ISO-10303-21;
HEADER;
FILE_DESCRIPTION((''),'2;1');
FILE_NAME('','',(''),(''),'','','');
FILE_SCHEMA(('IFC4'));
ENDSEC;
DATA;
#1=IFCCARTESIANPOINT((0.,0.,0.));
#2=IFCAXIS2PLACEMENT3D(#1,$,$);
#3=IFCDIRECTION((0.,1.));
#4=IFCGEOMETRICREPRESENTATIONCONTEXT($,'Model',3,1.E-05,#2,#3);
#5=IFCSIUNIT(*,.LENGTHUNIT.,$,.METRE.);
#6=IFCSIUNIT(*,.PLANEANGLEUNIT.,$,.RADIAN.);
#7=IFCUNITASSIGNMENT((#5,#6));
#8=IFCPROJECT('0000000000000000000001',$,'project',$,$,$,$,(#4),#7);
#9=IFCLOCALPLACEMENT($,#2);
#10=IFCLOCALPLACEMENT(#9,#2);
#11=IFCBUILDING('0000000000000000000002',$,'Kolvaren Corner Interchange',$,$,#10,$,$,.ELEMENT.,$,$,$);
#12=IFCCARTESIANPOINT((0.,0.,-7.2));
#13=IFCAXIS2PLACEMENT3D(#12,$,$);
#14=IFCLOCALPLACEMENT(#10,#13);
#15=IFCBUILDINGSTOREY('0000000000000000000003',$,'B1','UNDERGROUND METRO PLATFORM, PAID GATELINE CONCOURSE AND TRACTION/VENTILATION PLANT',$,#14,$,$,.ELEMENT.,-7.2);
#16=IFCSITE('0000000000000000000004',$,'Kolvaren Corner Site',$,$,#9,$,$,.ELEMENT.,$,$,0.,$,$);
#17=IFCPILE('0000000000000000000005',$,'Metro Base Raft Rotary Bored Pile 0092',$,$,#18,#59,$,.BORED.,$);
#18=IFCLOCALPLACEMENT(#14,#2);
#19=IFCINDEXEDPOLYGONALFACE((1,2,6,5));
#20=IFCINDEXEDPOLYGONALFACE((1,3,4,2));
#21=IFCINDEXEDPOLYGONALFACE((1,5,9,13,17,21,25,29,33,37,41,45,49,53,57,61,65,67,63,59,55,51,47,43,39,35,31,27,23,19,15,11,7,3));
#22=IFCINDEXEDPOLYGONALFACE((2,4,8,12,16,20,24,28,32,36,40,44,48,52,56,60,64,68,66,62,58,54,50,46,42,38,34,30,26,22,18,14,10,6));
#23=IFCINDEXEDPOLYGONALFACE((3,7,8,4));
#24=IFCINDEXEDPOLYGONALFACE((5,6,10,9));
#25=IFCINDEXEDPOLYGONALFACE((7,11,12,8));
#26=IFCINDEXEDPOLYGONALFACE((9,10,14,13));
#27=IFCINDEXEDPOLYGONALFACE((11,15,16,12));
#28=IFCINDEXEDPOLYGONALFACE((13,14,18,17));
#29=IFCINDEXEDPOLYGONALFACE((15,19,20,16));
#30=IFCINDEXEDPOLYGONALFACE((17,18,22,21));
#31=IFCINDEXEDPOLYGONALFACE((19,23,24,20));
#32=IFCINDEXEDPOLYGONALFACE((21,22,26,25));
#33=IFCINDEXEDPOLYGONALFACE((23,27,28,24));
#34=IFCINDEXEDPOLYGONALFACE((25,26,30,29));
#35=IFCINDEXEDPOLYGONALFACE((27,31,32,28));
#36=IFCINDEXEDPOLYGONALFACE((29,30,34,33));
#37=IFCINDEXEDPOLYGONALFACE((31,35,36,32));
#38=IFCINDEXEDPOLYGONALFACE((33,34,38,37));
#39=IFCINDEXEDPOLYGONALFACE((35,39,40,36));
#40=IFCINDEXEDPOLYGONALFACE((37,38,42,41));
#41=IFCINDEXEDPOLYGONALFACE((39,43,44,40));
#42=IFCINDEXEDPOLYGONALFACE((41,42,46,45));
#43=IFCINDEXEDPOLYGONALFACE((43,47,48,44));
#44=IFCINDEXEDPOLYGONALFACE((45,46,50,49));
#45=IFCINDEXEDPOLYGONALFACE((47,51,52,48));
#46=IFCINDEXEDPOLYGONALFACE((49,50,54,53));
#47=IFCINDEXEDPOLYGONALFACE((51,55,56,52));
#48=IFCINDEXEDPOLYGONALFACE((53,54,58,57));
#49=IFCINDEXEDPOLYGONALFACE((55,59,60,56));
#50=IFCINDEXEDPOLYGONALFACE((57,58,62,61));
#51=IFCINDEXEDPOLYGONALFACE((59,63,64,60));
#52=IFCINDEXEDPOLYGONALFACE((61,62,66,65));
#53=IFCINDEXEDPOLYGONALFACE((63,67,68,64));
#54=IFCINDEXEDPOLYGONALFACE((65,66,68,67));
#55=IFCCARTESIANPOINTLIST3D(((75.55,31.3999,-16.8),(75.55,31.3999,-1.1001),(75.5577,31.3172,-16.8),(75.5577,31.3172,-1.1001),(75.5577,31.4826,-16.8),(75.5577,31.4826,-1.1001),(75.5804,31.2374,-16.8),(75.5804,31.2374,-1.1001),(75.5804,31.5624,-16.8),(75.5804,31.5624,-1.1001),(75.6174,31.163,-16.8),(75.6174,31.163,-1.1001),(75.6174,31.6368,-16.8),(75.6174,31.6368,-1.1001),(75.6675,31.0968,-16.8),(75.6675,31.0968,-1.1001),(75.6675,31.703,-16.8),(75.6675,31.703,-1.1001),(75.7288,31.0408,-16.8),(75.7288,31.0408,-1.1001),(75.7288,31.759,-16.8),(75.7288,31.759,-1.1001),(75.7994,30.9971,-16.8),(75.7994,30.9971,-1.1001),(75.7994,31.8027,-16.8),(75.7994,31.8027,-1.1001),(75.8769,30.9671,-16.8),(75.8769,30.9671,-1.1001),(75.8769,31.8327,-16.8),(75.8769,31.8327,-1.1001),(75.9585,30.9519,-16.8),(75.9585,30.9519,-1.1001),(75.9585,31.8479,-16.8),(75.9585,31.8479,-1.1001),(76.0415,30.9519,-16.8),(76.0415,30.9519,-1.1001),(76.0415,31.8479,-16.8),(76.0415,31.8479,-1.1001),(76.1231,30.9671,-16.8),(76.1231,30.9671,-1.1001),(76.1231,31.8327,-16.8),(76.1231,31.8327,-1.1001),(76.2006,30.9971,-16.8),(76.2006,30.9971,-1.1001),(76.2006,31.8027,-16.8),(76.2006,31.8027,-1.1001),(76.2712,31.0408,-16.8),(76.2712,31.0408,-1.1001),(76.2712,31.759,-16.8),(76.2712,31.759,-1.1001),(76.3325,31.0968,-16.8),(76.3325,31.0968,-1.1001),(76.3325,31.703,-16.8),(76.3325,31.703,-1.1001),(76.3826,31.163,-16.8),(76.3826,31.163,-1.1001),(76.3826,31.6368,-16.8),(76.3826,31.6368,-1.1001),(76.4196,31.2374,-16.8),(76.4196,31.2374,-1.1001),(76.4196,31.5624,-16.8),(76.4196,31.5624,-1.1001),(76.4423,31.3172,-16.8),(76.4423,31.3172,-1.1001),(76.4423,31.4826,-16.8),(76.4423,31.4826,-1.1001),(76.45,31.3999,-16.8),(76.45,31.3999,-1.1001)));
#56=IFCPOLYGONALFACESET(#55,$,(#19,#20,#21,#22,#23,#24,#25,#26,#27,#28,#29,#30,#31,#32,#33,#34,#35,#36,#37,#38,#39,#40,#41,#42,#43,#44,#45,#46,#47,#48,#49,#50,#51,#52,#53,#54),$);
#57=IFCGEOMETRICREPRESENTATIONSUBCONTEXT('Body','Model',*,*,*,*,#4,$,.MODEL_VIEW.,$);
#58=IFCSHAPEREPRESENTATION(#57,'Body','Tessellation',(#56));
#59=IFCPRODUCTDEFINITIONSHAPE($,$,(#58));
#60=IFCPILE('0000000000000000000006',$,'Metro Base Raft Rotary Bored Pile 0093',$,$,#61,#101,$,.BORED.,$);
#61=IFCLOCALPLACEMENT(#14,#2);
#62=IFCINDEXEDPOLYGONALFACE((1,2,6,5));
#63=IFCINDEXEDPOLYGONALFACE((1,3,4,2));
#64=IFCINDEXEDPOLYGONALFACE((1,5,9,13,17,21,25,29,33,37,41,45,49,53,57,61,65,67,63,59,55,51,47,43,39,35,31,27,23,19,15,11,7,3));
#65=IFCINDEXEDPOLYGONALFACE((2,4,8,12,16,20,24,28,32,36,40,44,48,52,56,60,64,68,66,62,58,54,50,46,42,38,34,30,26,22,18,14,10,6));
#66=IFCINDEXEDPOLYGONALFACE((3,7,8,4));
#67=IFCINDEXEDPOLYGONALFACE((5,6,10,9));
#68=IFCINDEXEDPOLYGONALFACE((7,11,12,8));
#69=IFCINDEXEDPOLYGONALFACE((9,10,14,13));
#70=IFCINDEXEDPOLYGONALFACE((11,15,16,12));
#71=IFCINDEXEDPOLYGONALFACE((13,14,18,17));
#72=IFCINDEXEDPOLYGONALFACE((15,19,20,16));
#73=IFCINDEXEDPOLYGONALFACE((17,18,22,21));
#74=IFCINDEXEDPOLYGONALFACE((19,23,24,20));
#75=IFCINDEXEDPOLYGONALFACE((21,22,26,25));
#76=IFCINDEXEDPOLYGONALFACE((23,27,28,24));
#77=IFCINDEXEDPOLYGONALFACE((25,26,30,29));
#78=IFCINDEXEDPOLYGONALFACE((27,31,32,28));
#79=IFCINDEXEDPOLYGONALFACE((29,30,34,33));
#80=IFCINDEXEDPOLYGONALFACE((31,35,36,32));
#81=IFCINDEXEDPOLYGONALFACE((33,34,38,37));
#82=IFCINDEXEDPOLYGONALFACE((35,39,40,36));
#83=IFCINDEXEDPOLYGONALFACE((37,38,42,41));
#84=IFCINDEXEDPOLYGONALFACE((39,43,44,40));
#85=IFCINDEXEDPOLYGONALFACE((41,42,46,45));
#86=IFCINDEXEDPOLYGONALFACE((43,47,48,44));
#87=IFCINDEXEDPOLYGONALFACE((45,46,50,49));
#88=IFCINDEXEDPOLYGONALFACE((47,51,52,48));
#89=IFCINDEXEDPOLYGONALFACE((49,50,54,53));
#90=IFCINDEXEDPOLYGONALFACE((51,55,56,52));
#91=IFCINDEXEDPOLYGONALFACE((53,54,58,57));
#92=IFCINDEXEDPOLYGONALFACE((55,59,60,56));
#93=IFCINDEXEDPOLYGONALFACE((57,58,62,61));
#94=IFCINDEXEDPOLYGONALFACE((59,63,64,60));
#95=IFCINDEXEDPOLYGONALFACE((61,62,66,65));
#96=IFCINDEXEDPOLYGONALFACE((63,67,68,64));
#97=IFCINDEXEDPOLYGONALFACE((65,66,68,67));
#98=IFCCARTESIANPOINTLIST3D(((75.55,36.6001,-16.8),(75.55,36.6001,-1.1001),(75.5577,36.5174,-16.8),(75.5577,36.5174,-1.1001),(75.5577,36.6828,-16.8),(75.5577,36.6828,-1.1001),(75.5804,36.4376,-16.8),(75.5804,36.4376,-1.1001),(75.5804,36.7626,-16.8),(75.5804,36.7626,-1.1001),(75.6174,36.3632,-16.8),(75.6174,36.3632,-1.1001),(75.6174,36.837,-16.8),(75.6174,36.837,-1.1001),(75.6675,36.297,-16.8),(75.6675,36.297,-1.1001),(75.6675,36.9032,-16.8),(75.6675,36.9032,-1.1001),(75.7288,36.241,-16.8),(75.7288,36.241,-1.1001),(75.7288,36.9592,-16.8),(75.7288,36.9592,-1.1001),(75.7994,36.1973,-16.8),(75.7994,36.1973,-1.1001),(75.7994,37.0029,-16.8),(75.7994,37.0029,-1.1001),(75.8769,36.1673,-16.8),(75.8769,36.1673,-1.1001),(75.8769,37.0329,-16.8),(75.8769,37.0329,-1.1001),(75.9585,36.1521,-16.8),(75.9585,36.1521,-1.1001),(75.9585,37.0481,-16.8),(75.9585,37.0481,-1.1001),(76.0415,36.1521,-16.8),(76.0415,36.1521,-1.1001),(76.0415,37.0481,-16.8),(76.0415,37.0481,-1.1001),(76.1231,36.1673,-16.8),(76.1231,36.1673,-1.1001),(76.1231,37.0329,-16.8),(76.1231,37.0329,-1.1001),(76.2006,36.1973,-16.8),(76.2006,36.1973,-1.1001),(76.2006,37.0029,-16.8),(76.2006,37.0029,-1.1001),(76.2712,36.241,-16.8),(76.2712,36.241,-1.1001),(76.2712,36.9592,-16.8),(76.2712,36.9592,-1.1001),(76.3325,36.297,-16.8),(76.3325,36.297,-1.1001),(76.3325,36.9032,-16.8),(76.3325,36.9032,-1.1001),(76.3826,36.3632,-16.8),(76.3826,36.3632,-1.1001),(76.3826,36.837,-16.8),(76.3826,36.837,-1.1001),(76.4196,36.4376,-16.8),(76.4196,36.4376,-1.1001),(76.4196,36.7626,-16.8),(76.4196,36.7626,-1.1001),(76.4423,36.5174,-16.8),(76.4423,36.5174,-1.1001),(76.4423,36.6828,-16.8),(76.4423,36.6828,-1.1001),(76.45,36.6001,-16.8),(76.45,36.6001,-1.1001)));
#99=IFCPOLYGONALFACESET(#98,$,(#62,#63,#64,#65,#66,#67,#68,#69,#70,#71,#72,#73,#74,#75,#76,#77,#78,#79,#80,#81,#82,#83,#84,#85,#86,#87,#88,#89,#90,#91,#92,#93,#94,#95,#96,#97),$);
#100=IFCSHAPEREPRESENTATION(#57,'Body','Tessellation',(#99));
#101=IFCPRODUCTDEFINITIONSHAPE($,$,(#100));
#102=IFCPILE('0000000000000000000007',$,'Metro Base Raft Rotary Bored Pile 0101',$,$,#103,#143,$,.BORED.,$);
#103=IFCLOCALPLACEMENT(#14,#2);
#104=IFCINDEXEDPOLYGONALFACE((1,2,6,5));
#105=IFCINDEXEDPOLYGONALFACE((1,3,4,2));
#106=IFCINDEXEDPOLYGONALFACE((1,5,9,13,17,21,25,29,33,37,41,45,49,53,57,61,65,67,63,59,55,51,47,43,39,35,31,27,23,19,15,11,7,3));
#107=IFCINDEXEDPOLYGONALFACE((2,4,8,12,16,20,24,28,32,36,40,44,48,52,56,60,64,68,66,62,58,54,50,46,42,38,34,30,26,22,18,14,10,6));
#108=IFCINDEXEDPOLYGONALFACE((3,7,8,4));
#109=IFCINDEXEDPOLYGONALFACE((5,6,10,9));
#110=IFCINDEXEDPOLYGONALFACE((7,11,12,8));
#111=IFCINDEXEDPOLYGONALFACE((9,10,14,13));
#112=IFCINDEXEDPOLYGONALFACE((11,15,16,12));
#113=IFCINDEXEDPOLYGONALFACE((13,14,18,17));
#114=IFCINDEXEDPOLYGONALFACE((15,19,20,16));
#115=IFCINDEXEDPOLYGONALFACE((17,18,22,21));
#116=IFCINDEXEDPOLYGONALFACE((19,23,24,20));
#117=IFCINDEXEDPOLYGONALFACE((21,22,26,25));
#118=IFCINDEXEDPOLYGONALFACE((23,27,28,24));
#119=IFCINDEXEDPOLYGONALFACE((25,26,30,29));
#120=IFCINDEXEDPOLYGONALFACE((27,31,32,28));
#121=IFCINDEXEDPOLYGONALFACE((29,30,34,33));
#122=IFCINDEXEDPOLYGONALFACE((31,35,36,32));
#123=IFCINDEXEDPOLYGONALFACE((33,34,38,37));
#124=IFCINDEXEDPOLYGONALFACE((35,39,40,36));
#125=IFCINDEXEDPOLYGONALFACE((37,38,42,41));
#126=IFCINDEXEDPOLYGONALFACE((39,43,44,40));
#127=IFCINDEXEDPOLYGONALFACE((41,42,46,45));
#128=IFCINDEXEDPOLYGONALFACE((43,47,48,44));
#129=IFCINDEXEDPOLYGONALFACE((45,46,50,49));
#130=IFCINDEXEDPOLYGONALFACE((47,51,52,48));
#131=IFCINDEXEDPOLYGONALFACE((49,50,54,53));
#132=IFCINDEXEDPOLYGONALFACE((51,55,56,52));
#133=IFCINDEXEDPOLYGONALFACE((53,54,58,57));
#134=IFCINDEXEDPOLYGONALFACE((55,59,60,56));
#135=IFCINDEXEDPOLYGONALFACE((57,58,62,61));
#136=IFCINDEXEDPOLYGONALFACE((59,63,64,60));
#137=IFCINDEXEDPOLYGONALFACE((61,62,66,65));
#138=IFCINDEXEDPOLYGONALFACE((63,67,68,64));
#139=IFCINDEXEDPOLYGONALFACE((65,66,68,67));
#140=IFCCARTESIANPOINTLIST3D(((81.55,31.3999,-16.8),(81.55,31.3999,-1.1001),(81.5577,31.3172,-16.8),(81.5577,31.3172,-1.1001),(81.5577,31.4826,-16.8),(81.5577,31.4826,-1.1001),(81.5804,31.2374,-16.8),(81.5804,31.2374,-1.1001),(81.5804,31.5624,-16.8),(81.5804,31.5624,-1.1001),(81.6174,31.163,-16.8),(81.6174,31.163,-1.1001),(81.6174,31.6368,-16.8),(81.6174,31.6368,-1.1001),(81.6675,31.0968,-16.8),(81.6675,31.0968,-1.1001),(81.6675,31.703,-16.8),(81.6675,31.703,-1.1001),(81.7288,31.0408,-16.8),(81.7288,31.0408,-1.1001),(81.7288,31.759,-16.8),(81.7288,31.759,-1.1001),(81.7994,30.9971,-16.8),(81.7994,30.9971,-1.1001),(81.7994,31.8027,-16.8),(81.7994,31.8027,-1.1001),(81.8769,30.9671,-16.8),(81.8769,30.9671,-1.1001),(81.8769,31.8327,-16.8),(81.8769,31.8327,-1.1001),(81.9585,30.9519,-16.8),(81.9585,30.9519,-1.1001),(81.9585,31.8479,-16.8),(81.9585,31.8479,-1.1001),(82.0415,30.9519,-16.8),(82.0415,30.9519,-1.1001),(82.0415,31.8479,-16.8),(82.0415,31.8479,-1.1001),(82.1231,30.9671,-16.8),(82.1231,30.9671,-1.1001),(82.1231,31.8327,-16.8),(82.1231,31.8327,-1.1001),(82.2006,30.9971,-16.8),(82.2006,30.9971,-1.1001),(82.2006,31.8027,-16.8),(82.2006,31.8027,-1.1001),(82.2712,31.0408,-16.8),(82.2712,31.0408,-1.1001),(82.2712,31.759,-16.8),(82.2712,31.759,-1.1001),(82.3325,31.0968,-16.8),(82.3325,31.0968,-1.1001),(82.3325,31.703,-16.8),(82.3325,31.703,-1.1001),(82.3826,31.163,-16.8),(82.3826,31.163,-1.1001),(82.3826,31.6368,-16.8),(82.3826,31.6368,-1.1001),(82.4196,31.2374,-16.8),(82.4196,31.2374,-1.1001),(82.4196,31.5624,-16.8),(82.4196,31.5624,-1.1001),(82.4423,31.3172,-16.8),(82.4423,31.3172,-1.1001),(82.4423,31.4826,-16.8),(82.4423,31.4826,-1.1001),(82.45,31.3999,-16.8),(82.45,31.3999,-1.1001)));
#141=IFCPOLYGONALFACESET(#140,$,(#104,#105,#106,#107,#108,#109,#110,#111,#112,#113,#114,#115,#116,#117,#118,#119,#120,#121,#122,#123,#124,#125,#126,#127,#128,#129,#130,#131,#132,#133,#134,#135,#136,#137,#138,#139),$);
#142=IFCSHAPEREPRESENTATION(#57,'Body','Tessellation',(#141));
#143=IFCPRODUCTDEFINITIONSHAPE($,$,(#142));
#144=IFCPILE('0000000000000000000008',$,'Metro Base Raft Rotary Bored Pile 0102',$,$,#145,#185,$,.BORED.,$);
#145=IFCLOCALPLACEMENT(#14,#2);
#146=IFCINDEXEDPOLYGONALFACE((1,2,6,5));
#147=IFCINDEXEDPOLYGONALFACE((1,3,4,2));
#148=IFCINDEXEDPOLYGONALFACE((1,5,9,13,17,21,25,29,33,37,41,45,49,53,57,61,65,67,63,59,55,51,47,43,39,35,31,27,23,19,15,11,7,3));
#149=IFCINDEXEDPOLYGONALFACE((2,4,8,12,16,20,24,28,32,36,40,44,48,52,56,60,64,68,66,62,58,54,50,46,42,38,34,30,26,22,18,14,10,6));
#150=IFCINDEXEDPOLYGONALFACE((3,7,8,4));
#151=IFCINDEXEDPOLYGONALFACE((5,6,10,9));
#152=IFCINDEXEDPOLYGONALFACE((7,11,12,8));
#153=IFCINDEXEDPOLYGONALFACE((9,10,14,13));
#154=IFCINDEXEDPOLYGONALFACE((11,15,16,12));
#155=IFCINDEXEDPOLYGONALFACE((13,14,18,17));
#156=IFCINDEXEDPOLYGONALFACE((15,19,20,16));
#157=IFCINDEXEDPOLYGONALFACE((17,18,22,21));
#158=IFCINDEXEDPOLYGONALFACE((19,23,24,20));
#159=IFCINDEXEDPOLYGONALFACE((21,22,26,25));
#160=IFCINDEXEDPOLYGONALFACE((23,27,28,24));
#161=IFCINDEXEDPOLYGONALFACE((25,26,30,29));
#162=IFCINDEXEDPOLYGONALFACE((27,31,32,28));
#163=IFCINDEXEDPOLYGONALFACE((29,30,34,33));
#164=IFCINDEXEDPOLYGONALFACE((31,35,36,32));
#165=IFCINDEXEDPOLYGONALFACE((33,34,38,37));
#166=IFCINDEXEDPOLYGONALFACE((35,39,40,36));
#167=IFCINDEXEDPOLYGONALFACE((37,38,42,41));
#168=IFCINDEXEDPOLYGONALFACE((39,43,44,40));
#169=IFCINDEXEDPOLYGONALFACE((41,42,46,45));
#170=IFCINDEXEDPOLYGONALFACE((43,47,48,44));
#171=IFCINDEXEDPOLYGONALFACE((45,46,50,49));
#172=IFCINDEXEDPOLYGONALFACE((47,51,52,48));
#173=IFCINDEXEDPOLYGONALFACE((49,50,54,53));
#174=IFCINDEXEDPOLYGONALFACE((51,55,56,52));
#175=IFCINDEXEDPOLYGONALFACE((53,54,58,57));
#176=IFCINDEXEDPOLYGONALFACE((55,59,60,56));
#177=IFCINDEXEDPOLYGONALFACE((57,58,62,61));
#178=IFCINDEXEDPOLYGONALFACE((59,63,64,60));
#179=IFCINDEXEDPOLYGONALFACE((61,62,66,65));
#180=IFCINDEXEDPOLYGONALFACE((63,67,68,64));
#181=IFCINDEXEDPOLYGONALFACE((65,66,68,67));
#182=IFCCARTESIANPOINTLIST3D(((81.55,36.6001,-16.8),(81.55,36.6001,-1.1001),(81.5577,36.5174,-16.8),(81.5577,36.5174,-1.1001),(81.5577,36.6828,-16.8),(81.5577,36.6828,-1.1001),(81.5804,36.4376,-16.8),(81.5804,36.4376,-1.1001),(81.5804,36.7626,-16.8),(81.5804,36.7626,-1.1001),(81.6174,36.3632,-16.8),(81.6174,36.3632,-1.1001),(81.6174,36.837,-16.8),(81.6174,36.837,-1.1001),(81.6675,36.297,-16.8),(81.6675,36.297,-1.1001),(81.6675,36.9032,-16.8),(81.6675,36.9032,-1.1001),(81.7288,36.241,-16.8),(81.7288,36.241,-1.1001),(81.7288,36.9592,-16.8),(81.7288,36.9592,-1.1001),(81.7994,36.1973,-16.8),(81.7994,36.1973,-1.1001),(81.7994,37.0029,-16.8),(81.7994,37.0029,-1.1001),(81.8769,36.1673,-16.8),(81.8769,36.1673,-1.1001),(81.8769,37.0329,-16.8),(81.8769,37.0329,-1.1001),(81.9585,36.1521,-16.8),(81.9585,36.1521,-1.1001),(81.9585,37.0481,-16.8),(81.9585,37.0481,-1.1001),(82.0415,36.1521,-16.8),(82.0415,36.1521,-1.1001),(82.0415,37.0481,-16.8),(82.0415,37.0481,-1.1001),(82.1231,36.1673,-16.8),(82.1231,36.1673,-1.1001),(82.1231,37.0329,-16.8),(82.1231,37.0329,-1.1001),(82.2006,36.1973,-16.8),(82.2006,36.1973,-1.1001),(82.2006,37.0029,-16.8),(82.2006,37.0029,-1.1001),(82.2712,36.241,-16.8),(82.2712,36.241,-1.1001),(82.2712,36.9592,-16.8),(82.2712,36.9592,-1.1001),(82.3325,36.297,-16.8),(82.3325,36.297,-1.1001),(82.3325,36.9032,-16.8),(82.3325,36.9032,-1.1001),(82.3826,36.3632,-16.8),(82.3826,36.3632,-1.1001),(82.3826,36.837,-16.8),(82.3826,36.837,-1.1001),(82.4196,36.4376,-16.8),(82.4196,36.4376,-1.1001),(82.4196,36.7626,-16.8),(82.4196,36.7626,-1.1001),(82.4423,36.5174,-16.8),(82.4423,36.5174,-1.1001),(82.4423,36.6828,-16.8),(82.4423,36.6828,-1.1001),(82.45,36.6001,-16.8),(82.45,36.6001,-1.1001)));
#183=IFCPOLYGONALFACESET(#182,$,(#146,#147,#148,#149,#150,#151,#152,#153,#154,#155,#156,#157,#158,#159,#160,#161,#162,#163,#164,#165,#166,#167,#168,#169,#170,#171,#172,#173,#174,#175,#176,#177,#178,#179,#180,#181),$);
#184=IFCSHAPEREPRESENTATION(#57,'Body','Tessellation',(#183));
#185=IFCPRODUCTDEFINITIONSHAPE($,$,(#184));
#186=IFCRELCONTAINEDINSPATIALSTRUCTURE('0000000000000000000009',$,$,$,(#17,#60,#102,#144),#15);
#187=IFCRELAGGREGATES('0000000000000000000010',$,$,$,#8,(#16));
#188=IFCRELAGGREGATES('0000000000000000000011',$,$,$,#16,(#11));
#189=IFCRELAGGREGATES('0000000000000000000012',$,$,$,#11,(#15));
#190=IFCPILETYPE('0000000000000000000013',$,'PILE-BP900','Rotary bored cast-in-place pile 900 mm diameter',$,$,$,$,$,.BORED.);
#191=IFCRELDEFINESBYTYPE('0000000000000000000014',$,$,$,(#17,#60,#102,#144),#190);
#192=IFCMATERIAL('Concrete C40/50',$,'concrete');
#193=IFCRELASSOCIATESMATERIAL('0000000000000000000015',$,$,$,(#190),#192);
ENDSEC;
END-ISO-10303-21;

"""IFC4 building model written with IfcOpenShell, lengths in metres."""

from ifc_helpers import new_model, si_unit, direction, frame, origin, origin_2d, place, context, subcontext, project, spatial, circle, extrude, material, material_profile, profile_set, type_object, element, save


model = new_model("IFC4")

# Units and contexts
model_context = context("Model", 3, precision=1e-05, world=origin(), true_north=direction((0.0, 1.0)))
body_context = subcontext(model_context, "Body", "Model", "MODEL_VIEW")
ifc_project = project(units=[si_unit("LENGTHUNIT", "METRE"), si_unit("PLANEANGLEUNIT", "RADIAN")], contexts=[model_context])

# Site, building, storey
site_placement = place(None, origin())
site = spatial("IfcSite", under=ifc_project, at=site_placement, Name="Kolvaren Corner Site", CompositionType="ELEMENT", RefElevation=0.0)
building_placement = place(site_placement, origin())
building = spatial("IfcBuilding", under=site, at=building_placement, Name="Kolvaren Corner Interchange", CompositionType="ELEMENT")
storey_placement = place(building_placement, frame((0.0, 0.0, -7.2)))
storey = spatial("IfcBuildingStorey", under=building, at=storey_placement, Name="B1", Description="UNDERGROUND METRO PLATFORM, PAID GATELINE CONCOURSE AND TRACTION/VENTILATION PLANT", CompositionType="ELEMENT", Elevation=-7.2)

# Piles
ifc_material_1 = material(Name="Concrete C40/50", Category="concrete")
ifc_material_profile_1 = material_profile(ifc_material_1, circle(Radius=0.45, at=origin_2d()), Name="BORED PILE 900")
ifc_profile_set_1 = profile_set([ifc_material_profile_1], Name="Concrete C40/50")
pile_type = type_object("IfcPileType", Name="PILE-BP900", Description="Rotary bored cast-in-place pile 900 mm diameter", PredefinedType="BORED", material=ifc_profile_set_1)
for number, where, z_axis, x_axis, name in (
    (1, (76.0, 31.3999, -1.1001), (0.0, 0.0, -1.0), (1.0, 0.0, 0.0), "Metro Base Raft Rotary Bored Pile 0092"),
    (2, (76.0, 36.6001, -1.1001), (0.0, 0.0, -1.0), (1.0, 0.0, 0.0), "Metro Base Raft Rotary Bored Pile 0093"),
    (3, (82.0, 31.3999, -1.1001), (0.0, 0.0, -1.0), (1.0, 0.0, 0.0), "Metro Base Raft Rotary Bored Pile 0101"),
    (4, (82.0, 36.6001, -1.1001), (0.0, 0.0, -1.0), (1.0, 0.0, 0.0), "Metro Base Raft Rotary Bored Pile 0102"),
):
    element("IfcPile", number, at=place(storey_placement, frame(where, z_axis=z_axis, x_axis=x_axis)), inside=storey, type_object=pile_type, Name=name, PredefinedType="BORED", context=body_context, shape_type="SweptSolid", body=[
        extrude(circle(Radius=0.45, at=origin_2d()), origin(), (0.0, 0.0, 1.0), 15.7),
    ])

save(model, "model.ifc")
